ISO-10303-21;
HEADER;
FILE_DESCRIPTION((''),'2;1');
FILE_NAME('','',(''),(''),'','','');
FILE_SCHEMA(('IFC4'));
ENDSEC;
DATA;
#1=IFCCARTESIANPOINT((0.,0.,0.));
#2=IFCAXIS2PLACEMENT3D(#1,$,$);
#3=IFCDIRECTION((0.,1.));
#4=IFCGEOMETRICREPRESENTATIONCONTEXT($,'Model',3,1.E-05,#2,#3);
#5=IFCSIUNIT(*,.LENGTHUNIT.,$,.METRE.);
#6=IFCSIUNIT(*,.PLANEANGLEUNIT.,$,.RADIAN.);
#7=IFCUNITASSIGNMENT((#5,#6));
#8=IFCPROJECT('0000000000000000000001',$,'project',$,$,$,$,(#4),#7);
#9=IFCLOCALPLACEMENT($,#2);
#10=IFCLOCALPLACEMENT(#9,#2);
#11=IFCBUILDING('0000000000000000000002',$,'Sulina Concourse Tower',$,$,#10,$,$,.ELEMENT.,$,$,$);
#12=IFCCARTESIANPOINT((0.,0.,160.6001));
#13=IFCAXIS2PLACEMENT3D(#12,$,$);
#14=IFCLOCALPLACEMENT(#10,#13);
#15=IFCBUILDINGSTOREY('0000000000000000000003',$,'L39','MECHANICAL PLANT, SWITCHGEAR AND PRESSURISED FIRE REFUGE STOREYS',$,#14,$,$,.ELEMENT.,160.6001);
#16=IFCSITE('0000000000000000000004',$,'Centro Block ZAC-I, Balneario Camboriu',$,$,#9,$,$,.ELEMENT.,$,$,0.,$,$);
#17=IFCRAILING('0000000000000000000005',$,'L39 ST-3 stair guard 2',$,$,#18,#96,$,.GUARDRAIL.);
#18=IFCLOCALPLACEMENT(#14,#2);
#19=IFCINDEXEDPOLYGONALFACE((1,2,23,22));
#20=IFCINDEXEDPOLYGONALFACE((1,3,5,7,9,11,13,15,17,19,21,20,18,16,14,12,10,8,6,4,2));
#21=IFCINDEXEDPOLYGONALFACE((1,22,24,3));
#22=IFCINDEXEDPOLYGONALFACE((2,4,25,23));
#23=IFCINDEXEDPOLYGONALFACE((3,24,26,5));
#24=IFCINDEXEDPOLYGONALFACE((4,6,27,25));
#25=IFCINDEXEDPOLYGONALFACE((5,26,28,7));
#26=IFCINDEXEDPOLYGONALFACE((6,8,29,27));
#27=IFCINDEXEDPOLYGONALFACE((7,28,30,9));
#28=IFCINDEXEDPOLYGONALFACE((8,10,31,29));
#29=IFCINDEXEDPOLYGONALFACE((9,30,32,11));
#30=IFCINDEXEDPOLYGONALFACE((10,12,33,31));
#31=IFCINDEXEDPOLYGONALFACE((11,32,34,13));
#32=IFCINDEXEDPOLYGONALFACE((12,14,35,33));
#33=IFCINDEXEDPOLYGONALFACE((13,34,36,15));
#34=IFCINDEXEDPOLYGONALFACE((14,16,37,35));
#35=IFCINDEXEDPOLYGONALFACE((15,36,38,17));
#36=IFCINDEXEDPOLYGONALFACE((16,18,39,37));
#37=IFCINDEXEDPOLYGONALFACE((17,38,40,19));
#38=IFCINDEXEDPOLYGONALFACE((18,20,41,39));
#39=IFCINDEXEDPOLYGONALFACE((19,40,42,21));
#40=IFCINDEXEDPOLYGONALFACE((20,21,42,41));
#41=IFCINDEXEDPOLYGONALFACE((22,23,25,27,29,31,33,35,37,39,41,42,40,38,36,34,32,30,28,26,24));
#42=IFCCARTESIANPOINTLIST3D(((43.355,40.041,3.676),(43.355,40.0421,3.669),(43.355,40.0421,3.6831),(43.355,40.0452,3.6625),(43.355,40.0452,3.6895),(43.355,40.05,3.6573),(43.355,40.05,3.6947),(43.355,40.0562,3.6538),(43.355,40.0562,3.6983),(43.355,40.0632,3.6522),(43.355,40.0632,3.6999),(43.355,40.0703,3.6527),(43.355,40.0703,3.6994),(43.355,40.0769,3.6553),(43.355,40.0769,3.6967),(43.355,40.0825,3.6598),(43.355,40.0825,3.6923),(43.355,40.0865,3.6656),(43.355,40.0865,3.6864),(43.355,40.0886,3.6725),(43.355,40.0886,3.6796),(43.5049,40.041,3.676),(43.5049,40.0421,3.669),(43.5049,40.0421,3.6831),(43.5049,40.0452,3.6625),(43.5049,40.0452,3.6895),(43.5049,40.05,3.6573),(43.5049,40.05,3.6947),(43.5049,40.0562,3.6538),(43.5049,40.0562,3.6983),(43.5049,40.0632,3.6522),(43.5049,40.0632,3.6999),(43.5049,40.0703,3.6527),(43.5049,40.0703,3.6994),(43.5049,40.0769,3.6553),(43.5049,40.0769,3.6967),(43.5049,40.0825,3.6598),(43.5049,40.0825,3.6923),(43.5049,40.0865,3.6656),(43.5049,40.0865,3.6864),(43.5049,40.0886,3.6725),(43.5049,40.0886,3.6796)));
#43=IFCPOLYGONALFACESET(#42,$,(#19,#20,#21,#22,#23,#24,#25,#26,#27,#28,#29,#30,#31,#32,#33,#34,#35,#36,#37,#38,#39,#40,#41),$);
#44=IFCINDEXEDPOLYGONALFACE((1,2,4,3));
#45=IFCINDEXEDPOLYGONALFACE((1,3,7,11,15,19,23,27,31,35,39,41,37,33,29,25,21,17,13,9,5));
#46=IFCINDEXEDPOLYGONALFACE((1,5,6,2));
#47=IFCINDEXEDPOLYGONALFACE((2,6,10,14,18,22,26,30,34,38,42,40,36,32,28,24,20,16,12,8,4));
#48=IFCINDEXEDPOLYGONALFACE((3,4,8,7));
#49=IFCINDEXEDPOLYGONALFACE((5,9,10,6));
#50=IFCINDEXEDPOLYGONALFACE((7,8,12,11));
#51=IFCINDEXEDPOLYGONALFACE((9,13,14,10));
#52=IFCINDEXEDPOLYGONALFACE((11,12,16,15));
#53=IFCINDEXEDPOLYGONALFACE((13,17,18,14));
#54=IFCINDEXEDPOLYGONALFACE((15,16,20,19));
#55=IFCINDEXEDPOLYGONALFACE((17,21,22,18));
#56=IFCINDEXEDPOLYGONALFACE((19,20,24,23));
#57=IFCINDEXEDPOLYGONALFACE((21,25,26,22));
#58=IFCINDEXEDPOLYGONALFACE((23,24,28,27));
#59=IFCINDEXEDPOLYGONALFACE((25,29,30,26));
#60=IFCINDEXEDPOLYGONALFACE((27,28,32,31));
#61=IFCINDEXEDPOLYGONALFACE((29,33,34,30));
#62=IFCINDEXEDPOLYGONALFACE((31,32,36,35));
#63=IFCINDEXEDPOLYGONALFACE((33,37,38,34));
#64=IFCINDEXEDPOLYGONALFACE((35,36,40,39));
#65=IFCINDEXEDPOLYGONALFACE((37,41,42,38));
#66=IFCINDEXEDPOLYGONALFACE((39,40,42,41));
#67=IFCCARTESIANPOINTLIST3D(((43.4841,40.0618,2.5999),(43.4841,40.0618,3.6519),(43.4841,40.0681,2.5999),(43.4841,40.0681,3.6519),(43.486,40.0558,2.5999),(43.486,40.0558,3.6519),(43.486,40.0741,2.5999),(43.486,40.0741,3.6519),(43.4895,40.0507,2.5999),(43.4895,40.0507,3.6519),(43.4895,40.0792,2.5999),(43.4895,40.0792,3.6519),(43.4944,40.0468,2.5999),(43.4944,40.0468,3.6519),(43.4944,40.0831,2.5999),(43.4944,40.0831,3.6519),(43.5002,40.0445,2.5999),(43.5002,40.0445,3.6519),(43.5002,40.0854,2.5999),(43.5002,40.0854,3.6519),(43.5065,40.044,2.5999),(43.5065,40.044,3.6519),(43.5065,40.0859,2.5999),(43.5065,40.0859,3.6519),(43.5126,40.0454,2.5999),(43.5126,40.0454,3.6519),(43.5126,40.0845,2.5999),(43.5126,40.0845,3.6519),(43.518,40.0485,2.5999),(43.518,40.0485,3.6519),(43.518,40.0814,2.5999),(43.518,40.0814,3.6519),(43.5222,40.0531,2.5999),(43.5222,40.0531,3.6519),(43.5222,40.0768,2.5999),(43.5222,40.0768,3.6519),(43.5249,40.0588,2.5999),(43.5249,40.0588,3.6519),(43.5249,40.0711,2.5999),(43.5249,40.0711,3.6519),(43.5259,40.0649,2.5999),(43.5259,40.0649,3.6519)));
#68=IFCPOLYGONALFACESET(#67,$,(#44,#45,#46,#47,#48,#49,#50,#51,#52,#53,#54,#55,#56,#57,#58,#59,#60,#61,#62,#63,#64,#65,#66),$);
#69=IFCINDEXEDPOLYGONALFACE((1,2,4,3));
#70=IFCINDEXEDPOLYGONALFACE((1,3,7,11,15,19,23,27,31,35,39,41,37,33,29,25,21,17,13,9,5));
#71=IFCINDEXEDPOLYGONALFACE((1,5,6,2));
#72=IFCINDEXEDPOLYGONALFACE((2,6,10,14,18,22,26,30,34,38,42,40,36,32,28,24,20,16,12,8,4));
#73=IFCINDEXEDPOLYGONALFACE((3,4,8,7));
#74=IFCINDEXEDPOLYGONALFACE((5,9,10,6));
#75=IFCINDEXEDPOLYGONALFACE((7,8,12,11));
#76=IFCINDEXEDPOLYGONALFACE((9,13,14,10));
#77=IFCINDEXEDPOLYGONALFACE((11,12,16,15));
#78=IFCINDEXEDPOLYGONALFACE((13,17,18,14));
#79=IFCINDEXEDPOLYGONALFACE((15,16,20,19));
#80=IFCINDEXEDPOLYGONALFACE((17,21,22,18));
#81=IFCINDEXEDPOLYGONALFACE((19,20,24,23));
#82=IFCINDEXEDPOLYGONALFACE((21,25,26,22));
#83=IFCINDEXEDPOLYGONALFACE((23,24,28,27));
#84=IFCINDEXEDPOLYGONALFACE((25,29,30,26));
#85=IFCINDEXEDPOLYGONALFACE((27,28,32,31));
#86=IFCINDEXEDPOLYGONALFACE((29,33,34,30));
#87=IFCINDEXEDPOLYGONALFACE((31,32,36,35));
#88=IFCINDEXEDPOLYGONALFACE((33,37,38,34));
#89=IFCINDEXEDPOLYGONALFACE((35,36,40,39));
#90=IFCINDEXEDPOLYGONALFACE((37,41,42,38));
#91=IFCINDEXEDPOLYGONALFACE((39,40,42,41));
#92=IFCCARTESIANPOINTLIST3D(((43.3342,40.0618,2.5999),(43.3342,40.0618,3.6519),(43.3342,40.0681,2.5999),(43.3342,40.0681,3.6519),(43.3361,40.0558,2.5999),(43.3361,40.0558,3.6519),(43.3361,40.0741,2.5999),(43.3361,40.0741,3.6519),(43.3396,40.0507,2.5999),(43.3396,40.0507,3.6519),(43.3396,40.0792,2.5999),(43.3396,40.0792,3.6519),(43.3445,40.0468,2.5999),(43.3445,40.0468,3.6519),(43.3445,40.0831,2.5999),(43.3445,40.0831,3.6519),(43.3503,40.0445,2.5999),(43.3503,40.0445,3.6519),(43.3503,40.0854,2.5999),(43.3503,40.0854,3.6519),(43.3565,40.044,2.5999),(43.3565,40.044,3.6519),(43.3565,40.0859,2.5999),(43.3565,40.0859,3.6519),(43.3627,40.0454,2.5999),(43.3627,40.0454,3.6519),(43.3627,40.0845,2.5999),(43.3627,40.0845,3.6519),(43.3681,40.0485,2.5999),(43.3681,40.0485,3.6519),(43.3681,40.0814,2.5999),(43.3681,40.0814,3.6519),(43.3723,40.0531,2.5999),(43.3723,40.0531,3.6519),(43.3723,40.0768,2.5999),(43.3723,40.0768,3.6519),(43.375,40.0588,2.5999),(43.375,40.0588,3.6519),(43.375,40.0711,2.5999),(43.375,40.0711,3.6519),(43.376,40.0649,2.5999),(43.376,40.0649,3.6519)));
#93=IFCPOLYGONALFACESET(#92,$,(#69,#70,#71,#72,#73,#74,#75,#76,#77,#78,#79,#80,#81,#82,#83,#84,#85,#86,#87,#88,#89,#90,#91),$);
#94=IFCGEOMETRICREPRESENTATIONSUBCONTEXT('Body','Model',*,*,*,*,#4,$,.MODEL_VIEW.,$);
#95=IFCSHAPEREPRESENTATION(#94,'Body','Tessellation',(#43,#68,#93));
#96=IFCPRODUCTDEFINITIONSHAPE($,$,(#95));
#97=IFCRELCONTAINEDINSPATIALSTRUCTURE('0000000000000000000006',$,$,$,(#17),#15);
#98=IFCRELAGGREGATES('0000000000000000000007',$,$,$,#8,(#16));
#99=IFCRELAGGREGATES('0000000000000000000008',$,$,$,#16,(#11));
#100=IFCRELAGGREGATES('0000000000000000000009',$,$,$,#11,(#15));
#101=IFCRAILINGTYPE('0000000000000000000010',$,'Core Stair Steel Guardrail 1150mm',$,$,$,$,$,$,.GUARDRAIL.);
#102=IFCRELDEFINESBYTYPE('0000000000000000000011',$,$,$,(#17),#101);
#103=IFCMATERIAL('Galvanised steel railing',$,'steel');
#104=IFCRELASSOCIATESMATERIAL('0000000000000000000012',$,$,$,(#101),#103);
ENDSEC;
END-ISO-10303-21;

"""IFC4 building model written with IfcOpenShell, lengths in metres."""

from ifc_helpers import new_model, si_unit, direction, frame, origin, origin_2d, place, context, subcontext, project, spatial, circle, extrude, material, type_object, element, save


model = new_model("IFC4")

# Units and contexts
model_context = context("Model", 3, precision=1e-05, world=origin(), true_north=direction((0.0, 1.0)))
body_context = subcontext(model_context, "Body", "Model", "MODEL_VIEW")
ifc_project = project(units=[si_unit("LENGTHUNIT", "METRE"), si_unit("PLANEANGLEUNIT", "RADIAN")], contexts=[model_context])

# Site, building, storey
site_placement = place(None, origin())
site = spatial("IfcSite", under=ifc_project, at=site_placement, Name="Centro Block ZAC-I, Balneario Camboriu", CompositionType="ELEMENT", RefElevation=0.0)
building_placement = place(site_placement, origin())
building = spatial("IfcBuilding", under=site, at=building_placement, Name="Sulina Concourse Tower", CompositionType="ELEMENT")
storey_placement = place(building_placement, frame((0.0, 0.0, 160.6001)))
storey = spatial("IfcBuildingStorey", under=building, at=storey_placement, Name="L39", Description="MECHANICAL PLANT, SWITCHGEAR AND PRESSURISED FIRE REFUGE STOREYS", CompositionType="ELEMENT", Elevation=160.6001)

# Railing
ifc_material_1 = material(Name="Galvanised steel railing", Category="steel")
railing_type_1 = type_object("IfcRailingType", Name="Core Stair Steel Guardrail 1150mm", PredefinedType="GUARDRAIL", material=ifc_material_1)
railing_1_placement = place(storey_placement, frame((43.5049, 40.0649, 2.5999)))
element("IfcRailing", 1, at=railing_1_placement, inside=storey, type_object=railing_type_1, Name="L39 ST-3 stair guard 2", PredefinedType="GUARDRAIL", context=body_context, shape_type="SweptSolid", body=[
    extrude(circle(Radius=0.0239, at=origin_2d()), frame((0.0, 0.0, 1.0762), z_axis=(-1.0, 0.0, 0.0), x_axis=(0.0, -1.0, 0.0)), (0.0, 0.0, 1.0), 0.1499),
    extrude(circle(Radius=0.021, at=origin_2d()), origin(), (0.0, 0.0, 1.0), 1.052),
    extrude(circle(Radius=0.021, at=origin_2d()), frame((-0.1499, 0.0, 0.0)), (0.0, 0.0, 1.0), 1.052),
])

save(model, "model.ifc")
